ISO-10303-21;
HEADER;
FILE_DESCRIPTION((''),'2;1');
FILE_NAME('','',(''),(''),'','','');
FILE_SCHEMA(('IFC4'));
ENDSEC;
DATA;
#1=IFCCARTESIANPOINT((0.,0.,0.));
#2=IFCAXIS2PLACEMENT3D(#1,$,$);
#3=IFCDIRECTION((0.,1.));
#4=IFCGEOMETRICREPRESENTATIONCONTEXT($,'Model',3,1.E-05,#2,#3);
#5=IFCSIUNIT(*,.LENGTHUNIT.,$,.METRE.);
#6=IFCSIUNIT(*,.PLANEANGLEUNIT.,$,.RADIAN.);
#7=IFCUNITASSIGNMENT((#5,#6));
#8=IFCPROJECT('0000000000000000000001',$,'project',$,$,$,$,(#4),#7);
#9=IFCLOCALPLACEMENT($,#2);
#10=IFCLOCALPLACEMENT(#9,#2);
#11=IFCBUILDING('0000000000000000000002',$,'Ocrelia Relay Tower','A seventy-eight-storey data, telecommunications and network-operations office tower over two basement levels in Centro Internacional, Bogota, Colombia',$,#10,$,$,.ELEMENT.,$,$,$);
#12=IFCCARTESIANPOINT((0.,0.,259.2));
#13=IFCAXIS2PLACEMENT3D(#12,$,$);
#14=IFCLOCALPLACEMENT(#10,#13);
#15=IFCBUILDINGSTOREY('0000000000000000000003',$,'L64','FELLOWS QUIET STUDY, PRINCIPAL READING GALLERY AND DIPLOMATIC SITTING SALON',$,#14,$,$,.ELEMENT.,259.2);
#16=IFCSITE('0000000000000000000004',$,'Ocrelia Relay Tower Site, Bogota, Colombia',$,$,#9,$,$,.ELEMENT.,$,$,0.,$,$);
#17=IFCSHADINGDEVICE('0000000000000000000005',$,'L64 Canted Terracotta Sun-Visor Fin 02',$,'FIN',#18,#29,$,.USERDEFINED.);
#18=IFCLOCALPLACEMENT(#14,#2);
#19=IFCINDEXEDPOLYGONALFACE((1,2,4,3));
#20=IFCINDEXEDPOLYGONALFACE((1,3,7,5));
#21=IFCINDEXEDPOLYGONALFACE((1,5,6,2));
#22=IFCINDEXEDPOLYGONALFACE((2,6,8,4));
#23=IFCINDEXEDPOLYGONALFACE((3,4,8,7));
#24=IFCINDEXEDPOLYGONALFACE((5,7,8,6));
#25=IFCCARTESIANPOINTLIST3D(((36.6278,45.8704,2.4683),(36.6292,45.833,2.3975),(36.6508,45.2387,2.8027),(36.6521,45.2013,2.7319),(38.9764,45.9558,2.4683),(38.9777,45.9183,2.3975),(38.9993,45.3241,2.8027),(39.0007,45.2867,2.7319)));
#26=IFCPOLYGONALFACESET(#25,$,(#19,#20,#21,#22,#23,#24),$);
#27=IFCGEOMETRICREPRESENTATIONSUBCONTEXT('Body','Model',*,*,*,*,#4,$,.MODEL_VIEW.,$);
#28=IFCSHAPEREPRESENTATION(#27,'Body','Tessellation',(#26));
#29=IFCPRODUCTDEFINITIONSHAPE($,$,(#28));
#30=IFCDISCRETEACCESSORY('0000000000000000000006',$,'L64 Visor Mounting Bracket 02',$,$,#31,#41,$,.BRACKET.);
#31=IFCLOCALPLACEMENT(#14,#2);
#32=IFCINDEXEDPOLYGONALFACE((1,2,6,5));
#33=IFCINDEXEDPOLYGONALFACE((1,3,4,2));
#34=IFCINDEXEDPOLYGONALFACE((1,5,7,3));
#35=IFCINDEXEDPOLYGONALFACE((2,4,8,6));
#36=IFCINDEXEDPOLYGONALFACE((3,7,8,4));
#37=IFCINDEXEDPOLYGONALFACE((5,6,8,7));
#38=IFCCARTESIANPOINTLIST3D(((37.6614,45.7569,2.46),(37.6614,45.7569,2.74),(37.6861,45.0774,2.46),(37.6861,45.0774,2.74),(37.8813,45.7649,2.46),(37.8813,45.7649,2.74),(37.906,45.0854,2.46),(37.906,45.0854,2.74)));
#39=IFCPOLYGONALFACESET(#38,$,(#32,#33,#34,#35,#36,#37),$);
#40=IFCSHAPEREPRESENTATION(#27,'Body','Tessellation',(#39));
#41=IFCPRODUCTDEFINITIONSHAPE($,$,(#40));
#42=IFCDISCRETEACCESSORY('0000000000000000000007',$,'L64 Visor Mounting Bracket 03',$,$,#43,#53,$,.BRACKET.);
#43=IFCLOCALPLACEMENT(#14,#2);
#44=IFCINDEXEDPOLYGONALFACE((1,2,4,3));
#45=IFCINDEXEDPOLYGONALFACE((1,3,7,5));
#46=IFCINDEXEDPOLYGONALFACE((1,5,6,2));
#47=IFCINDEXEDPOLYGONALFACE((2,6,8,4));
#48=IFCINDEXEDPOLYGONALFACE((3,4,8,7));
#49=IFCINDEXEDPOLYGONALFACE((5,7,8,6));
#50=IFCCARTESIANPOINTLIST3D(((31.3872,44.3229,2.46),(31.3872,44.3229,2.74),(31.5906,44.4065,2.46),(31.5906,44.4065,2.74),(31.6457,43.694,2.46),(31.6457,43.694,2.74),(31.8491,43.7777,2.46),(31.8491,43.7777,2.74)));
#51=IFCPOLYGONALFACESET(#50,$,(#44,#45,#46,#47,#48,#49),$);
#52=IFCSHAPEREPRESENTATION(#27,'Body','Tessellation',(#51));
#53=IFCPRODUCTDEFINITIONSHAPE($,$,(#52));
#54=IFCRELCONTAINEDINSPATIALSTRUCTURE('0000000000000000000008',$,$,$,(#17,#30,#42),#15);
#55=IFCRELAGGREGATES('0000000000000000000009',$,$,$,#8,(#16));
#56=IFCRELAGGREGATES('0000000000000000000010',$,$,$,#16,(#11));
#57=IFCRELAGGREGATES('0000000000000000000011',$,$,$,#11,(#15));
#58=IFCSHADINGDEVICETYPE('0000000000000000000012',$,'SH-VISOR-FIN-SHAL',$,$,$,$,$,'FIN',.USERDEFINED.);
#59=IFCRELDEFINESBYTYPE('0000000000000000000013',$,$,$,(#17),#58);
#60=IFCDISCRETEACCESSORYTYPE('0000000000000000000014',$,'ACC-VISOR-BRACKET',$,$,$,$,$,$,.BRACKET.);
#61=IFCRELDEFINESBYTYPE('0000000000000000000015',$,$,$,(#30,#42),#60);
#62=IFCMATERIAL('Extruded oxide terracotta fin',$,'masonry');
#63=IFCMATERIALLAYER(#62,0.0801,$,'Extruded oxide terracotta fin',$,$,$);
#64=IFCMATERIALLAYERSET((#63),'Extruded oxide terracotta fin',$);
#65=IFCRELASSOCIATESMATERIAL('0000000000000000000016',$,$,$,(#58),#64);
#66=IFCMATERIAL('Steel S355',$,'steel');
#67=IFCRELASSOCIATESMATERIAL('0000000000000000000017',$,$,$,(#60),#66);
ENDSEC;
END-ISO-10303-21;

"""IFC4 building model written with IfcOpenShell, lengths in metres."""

from ifc_helpers import new_model, si_unit, direction, frame, origin, origin_2d, place, context, subcontext, project, spatial, rectangle, extrude, material, layer, layer_set, type_object, element, save


model = new_model("IFC4")

# Units and contexts
model_context = context("Model", 3, precision=1e-05, world=origin(), true_north=direction((0.0, 1.0)))
body_context = subcontext(model_context, "Body", "Model", "MODEL_VIEW")
ifc_project = project(units=[si_unit("LENGTHUNIT", "METRE"), si_unit("PLANEANGLEUNIT", "RADIAN")], contexts=[model_context])

# Site, building, storey
site_placement = place(None, origin())
site = spatial("IfcSite", under=ifc_project, at=site_placement, Name="Ocrelia Relay Tower Site, Bogota, Colombia", CompositionType="ELEMENT", RefElevation=0.0)
building_placement = place(site_placement, origin())
building = spatial("IfcBuilding", under=site, at=building_placement, Name="Ocrelia Relay Tower", Description="A seventy-eight-storey data, telecommunications and network-operations office tower over two basement levels in Centro Internacional, Bogota, Colombia", CompositionType="ELEMENT")
storey_placement = place(building_placement, frame((0.0, 0.0, 259.2)))
storey = spatial("IfcBuildingStorey", under=building, at=storey_placement, Name="L64", Description="FELLOWS QUIET STUDY, PRINCIPAL READING GALLERY AND DIPLOMATIC SITTING SALON", CompositionType="ELEMENT", Elevation=259.2)

# Shared definitions
ifc_material_1 = material(Name="Steel S355", Category="steel")

# Shading device
ifc_material_2 = material(Name="Extruded oxide terracotta fin", Category="masonry")
ifc_layer_1 = layer(ifc_material_2, 0.0801, Name="Extruded oxide terracotta fin")
ifc_layer_set_1 = layer_set([ifc_layer_1], Name="Extruded oxide terracotta fin")
shading_device_type_1 = type_object("IfcShadingDeviceType", Name="SH-VISOR-FIN-SHAL", ElementType="FIN", PredefinedType="USERDEFINED", material=ifc_layer_set_1)
shading_device_1_placement = place(storey_placement, frame((37.8149, 45.5598, 2.5647), z_axis=(-0.016986, 0.467313, 0.883929), x_axis=(-0.99934, -0.036325, 0.0)))
element("IfcShadingDevice", 1, at=shading_device_1_placement, inside=storey, type_object=shading_device_type_1, Name="L64 Canted Terracotta Sun-Visor Fin 02", ObjectType="FIN", PredefinedType="USERDEFINED", context=body_context, shape_type="SweptSolid", body=[
    extrude(rectangle(XDim=2.3501, YDim=0.7151, at=origin_2d()), origin(), (0.0, 0.0, 1.0), 0.0801),
])

# Discrete accessories
discrete_accessory_type = type_object("IfcDiscreteAccessoryType", Name="ACC-VISOR-BRACKET", PredefinedType="BRACKET", material=ifc_material_1)
for number, where, z_axis, x_axis, name in (
    (2, (37.7837, 45.4211, 2.46), (0.0, 0.0, 1.0), (-0.99934, -0.036325, 0.0), "L64 Visor Mounting Bracket 02"),
    (3, (31.6182, 44.0503, 2.46), (0.0, 0.0, 1.0), (-0.924901, -0.380208, 0.0), "L64 Visor Mounting Bracket 03"),
):
    element("IfcDiscreteAccessory", number, at=place(storey_placement, frame(where, z_axis=z_axis, x_axis=x_axis)), inside=storey, type_object=discrete_accessory_type, Name=name, PredefinedType="BRACKET", context=body_context, shape_type="SweptSolid", body=[
        extrude(rectangle(XDim=0.22, YDim=0.6799, at=origin_2d()), origin(), (0.0, 0.0, 1.0), 0.28),
    ])

save(model, "model.ifc")
